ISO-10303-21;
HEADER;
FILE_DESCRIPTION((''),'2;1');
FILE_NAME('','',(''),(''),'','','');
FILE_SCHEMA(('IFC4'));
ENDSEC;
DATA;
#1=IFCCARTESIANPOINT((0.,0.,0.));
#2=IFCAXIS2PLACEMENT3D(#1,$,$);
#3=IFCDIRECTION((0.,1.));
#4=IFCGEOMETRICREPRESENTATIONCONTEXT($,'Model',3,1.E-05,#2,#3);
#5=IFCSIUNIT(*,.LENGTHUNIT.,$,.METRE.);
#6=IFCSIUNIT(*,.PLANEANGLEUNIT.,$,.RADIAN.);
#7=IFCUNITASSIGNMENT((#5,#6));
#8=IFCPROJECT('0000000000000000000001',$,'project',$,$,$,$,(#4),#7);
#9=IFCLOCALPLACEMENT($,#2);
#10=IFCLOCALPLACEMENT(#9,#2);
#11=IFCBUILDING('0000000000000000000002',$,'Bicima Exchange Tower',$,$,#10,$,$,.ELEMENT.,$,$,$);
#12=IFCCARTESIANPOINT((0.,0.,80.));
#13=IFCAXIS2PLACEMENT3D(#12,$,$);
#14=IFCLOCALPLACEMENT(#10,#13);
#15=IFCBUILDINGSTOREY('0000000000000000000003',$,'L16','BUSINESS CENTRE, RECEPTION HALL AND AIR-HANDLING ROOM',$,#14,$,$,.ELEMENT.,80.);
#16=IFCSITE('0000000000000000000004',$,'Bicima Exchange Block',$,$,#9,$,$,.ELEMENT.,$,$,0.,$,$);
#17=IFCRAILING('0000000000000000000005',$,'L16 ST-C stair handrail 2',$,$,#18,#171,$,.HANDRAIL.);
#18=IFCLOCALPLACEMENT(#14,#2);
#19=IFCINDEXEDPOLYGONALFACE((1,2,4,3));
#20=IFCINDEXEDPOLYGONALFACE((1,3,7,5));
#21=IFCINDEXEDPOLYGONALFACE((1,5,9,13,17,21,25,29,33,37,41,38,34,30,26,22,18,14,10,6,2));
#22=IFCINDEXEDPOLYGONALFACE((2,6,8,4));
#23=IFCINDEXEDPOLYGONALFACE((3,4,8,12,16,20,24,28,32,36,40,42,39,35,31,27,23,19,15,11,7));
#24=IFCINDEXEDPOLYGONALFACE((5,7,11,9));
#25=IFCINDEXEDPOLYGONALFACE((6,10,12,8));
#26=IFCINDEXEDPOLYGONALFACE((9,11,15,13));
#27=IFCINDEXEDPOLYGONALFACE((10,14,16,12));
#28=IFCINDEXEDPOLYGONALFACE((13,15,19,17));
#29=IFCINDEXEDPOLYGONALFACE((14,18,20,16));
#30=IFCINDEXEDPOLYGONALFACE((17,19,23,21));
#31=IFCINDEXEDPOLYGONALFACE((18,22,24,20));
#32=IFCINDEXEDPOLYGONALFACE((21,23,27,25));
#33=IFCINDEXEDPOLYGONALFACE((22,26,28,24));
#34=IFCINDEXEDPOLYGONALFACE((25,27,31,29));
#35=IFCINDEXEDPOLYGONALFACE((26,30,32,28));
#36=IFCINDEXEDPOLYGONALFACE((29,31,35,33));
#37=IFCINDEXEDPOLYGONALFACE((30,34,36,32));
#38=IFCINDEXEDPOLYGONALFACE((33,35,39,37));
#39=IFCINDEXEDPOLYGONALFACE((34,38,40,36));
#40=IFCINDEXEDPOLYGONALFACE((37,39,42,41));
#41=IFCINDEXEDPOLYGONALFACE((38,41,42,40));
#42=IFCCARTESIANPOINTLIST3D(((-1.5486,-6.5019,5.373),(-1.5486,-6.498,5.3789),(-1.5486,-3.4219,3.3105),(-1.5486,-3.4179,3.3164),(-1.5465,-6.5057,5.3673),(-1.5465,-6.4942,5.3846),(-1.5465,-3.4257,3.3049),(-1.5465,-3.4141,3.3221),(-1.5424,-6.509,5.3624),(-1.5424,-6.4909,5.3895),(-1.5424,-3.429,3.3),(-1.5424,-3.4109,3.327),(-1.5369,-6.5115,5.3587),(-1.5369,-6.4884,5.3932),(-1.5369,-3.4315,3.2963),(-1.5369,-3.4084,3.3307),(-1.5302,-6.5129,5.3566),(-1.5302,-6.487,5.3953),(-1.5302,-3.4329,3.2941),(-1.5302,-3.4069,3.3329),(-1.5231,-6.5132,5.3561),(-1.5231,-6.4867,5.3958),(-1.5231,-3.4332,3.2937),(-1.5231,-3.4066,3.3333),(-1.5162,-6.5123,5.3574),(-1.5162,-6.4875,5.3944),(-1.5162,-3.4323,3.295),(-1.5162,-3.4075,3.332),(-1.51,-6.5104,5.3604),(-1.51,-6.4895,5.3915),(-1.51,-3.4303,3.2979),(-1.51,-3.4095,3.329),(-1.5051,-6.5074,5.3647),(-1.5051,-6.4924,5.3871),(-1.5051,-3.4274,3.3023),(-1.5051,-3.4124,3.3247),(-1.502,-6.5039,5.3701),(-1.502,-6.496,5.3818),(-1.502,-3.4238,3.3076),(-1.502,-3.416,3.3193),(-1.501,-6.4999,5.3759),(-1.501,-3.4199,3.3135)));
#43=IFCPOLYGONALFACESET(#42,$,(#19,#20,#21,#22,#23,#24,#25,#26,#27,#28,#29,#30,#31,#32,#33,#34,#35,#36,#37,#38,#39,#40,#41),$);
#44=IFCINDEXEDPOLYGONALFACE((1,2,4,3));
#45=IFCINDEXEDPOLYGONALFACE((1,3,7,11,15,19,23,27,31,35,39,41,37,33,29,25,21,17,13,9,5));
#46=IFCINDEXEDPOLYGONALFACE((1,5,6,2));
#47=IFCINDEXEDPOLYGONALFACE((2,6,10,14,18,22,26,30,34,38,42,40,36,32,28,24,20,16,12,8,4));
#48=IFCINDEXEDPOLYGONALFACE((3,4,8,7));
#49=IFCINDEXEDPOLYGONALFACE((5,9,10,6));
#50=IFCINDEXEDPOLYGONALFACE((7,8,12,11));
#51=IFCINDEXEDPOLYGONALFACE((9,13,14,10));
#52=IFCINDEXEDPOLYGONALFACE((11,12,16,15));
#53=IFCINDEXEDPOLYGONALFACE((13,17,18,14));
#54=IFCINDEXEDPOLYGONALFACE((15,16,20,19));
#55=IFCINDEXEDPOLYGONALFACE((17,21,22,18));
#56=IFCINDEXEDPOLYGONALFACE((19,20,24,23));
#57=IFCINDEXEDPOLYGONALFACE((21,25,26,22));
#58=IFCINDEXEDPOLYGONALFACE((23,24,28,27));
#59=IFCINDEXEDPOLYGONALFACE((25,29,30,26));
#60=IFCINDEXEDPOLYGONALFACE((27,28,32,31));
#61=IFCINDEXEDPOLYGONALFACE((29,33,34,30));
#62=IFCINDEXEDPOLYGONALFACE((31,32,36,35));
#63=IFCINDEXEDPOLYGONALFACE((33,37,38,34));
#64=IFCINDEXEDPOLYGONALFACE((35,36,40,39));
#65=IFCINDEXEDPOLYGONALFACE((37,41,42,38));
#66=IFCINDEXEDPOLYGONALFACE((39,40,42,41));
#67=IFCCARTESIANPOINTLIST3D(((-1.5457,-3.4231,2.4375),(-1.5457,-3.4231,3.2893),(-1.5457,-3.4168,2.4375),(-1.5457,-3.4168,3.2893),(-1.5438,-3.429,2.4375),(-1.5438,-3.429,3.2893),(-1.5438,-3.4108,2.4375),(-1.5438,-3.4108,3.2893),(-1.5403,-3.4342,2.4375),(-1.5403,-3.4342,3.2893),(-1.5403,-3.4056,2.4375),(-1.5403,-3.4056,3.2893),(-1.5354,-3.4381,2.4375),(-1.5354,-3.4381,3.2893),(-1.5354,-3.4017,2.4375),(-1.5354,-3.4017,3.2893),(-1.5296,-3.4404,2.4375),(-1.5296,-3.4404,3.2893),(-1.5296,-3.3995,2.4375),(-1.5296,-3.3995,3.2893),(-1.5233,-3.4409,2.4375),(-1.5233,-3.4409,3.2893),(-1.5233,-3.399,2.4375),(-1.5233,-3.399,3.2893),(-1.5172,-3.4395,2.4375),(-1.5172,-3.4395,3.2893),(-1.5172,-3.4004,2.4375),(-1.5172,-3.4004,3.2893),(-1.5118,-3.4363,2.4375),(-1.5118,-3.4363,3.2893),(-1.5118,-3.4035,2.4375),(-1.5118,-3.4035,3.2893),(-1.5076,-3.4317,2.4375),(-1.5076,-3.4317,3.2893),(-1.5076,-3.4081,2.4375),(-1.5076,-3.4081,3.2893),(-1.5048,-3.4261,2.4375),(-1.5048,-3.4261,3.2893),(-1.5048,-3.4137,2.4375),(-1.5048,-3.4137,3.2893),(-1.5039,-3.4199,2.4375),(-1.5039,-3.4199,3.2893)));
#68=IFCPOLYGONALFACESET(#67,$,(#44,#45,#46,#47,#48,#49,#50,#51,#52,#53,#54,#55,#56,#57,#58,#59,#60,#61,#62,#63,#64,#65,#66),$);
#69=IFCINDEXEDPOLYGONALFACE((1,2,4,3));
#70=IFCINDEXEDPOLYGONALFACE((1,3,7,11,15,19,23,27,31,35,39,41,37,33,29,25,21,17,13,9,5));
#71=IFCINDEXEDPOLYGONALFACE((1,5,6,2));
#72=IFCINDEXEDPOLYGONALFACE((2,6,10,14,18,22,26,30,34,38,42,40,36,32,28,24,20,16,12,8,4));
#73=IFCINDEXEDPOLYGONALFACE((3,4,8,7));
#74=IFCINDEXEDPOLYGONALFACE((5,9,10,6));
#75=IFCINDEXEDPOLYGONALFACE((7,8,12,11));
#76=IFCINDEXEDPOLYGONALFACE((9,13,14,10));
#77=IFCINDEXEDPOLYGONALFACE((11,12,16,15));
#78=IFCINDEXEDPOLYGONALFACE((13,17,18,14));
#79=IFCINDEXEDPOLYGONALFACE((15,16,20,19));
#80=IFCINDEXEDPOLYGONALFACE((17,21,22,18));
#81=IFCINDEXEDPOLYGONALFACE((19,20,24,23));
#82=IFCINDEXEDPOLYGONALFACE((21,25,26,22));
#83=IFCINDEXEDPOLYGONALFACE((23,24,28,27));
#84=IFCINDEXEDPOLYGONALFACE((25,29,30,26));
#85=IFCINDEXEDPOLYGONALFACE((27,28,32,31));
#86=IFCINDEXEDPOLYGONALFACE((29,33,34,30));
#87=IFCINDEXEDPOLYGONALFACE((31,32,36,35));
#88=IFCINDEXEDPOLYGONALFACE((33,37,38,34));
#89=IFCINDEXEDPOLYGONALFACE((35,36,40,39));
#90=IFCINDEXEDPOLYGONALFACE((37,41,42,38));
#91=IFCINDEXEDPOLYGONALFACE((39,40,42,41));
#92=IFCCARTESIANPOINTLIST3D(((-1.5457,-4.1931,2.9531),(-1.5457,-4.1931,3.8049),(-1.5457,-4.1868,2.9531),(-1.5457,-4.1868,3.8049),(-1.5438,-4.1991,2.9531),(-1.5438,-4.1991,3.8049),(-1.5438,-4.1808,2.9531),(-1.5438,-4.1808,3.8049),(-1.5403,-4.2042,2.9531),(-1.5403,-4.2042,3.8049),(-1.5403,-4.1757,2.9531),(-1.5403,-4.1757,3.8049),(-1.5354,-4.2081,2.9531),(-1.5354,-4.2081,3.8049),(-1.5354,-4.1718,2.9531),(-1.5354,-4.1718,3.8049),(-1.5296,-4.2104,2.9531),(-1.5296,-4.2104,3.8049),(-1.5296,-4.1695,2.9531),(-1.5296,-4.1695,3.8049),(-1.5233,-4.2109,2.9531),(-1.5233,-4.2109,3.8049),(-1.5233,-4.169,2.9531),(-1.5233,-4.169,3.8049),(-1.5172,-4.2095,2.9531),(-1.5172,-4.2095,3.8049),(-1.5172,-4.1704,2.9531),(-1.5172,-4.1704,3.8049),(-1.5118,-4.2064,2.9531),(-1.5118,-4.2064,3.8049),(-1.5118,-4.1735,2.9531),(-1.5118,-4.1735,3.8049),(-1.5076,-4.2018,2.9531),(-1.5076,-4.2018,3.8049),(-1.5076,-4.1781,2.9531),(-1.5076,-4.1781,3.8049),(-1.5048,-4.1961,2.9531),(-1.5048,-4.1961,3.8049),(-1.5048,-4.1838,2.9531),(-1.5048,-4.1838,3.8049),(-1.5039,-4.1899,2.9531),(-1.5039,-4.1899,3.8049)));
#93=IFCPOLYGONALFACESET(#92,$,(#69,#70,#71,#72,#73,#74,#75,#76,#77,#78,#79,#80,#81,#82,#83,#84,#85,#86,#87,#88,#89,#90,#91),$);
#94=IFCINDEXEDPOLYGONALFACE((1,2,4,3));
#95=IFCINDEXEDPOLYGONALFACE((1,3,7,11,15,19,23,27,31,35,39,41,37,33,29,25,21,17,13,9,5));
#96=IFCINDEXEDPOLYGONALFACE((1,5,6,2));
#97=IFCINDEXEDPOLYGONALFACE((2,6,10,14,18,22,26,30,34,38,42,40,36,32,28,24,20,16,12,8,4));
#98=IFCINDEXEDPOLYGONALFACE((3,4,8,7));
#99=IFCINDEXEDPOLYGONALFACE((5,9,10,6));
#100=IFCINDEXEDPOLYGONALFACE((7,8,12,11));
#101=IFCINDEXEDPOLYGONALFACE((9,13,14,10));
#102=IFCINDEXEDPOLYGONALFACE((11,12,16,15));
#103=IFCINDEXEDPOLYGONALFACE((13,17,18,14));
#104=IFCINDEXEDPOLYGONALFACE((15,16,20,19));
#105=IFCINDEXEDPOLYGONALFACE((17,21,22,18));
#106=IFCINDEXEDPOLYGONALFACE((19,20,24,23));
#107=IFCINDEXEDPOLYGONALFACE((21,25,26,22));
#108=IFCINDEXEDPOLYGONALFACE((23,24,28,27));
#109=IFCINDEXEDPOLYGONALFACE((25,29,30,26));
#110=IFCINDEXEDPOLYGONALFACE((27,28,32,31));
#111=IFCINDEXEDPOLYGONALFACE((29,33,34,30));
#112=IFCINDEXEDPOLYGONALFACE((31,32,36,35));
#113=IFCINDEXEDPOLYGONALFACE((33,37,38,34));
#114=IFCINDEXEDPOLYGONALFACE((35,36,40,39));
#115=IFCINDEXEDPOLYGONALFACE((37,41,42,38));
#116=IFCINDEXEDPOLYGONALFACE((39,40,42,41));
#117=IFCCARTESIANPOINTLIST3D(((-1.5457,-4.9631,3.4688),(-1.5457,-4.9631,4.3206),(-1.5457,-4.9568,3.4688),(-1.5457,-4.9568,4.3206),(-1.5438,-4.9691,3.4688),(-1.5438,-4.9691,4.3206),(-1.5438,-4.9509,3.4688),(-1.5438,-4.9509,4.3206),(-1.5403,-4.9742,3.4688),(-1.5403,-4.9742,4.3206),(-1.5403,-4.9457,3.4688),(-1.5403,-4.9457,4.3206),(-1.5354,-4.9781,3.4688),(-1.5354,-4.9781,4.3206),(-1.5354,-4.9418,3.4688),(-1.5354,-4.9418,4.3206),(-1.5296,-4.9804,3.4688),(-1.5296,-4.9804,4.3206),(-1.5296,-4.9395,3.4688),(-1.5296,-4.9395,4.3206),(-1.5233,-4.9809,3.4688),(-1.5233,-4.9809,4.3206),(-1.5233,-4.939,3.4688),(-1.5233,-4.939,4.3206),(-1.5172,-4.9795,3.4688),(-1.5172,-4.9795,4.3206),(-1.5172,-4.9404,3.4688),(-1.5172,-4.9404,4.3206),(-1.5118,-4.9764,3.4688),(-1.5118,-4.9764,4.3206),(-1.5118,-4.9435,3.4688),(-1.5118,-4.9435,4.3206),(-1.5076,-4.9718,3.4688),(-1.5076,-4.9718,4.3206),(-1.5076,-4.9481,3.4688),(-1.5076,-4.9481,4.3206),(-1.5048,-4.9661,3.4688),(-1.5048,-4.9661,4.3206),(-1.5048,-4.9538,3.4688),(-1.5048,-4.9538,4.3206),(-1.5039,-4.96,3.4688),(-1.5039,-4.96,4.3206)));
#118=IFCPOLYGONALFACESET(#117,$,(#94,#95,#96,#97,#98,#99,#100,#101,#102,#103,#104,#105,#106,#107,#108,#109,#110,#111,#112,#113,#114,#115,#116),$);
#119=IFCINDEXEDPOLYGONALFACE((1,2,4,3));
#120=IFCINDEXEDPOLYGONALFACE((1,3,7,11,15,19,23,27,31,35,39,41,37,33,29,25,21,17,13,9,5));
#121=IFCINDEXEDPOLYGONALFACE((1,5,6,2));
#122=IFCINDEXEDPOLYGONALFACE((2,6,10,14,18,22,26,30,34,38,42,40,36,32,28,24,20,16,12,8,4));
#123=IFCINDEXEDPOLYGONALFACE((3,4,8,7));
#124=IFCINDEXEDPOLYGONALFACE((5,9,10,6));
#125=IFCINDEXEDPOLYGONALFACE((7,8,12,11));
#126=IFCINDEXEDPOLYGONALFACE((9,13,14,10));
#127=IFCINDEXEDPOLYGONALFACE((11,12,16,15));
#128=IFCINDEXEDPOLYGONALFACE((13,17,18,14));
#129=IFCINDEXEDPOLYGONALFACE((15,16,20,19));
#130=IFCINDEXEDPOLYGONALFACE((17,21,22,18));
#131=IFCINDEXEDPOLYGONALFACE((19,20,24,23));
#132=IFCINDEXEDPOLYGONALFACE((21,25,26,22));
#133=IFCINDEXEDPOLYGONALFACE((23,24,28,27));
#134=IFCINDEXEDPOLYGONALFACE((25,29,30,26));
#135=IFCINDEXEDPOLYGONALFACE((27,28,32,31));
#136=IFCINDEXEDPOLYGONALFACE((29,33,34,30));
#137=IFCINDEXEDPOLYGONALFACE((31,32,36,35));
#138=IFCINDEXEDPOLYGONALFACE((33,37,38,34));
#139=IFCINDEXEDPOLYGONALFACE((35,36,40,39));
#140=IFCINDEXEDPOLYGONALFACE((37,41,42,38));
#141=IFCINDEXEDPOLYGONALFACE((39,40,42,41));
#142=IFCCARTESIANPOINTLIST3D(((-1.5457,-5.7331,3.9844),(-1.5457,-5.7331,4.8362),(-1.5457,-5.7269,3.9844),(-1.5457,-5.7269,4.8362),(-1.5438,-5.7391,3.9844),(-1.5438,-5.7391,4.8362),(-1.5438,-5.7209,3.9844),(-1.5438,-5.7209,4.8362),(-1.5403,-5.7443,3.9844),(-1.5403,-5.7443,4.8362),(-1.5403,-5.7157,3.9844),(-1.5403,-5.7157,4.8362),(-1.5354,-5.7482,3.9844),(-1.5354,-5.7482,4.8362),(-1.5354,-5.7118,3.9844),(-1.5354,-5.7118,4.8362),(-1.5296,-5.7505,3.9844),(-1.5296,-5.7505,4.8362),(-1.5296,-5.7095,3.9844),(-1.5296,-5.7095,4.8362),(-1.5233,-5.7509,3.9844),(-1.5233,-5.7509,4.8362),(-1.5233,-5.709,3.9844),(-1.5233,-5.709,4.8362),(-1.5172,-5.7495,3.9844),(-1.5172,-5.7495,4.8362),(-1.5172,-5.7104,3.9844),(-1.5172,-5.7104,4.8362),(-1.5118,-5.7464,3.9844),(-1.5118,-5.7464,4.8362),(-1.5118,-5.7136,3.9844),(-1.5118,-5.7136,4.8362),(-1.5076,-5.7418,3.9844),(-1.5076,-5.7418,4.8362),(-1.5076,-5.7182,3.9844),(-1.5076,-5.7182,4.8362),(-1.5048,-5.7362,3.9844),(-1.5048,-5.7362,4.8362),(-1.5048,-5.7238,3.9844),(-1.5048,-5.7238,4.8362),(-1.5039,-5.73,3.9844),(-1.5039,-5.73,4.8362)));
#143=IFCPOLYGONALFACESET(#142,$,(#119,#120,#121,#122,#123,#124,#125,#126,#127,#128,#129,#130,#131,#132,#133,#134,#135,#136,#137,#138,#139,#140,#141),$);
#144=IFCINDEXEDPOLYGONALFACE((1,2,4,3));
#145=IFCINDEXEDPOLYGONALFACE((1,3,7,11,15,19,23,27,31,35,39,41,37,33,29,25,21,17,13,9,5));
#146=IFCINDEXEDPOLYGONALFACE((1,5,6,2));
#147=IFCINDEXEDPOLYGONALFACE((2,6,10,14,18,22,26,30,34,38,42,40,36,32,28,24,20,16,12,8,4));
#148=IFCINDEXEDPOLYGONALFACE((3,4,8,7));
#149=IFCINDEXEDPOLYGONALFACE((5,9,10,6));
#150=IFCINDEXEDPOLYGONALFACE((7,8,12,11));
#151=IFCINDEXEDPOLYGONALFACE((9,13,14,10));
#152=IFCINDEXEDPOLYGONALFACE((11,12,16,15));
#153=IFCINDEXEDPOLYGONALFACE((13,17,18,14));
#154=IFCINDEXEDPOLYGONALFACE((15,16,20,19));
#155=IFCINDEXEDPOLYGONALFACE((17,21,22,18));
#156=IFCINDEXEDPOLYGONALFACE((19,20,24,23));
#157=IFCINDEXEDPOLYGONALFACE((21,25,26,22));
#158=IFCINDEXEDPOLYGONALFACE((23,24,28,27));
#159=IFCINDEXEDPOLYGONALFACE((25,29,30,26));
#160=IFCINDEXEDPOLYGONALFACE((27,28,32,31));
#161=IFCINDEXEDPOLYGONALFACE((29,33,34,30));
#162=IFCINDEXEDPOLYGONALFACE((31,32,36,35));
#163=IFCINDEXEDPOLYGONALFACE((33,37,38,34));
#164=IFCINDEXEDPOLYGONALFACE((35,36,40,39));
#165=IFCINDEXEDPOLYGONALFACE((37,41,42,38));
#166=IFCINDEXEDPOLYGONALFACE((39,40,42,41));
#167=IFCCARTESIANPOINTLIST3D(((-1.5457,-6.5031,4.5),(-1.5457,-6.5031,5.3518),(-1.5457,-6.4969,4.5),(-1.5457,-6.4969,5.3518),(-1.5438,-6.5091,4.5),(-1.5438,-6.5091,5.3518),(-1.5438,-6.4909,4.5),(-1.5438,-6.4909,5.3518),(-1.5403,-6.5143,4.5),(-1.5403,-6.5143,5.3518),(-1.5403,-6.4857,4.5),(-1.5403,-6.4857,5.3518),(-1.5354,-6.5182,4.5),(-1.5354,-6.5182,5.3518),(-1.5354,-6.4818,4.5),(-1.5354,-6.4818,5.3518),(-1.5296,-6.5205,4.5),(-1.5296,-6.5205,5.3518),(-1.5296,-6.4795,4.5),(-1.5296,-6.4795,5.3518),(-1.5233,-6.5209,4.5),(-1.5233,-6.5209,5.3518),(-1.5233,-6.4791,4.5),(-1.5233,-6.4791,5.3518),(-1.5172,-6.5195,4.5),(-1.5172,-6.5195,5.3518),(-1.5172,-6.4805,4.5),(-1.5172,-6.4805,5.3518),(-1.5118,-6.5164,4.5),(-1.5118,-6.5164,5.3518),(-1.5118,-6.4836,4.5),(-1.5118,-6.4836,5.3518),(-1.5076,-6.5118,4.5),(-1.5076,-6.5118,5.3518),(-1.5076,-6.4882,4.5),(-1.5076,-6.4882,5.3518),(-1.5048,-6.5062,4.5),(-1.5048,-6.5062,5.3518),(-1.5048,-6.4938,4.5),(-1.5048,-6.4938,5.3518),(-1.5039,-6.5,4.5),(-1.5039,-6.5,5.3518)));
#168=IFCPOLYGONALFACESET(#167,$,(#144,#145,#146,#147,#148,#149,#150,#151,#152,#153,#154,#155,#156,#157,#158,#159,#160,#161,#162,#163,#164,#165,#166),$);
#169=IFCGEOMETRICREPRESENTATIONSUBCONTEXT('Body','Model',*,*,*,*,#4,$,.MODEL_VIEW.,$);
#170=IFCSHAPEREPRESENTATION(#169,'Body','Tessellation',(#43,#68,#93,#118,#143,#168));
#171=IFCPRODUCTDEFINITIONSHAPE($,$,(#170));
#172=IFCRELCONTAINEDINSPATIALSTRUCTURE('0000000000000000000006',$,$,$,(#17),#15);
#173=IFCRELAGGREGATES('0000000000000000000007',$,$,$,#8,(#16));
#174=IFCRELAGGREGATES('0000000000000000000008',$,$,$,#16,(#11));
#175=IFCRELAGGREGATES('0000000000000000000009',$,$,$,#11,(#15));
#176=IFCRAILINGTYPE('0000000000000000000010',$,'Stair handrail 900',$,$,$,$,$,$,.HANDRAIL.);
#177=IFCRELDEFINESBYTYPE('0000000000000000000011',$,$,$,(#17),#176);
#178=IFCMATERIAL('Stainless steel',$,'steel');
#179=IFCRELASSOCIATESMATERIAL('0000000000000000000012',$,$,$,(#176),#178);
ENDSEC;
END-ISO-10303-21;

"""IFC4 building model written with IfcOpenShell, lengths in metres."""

from ifc_helpers import new_model, si_unit, direction, frame, origin, origin_2d, place, context, subcontext, project, spatial, circle, extrude, material, type_object, element, save


model = new_model("IFC4")

# Units and contexts
model_context = context("Model", 3, precision=1e-05, world=origin(), true_north=direction((0.0, 1.0)))
body_context = subcontext(model_context, "Body", "Model", "MODEL_VIEW")
ifc_project = project(units=[si_unit("LENGTHUNIT", "METRE"), si_unit("PLANEANGLEUNIT", "RADIAN")], contexts=[model_context])

# Site, building, storey
site_placement = place(None, origin())
site = spatial("IfcSite", under=ifc_project, at=site_placement, Name="Bicima Exchange Block", CompositionType="ELEMENT", RefElevation=0.0)
building_placement = place(site_placement, origin())
building = spatial("IfcBuilding", under=site, at=building_placement, Name="Bicima Exchange Tower", CompositionType="ELEMENT")
storey_placement = place(building_placement, frame((0.0, 0.0, 80.0)))
storey = spatial("IfcBuildingStorey", under=building, at=storey_placement, Name="L16", Description="BUSINESS CENTRE, RECEPTION HALL AND AIR-HANDLING ROOM", CompositionType="ELEMENT", Elevation=80.0)

# Railing
ifc_material_1 = material(Name="Stainless steel", Category="steel")
railing_type = type_object("IfcRailingType", Name="Stair handrail 900", PredefinedType="HANDRAIL", material=ifc_material_1)
railing_placement = place(storey_placement, frame((-1.5249, -3.4199, 2.4375)))
element("IfcRailing", 1, at=railing_placement, inside=storey, type_object=railing_type, Name="L16 ST-C stair handrail 2", PredefinedType="HANDRAIL", context=body_context, shape_type="SweptSolid", body=[
    extrude(circle(Radius=0.0239, at=origin_2d()), frame((0.0, 0.0, 0.876), z_axis=(0.0, -0.830914, 0.556401), x_axis=(1.0, 0.0, 0.0)), (0.0, 0.0, 1.0), 3.7068),
    extrude(circle(Radius=0.021, at=origin_2d()), origin(), (0.0, 0.0, 1.0), 0.8518),
    extrude(circle(Radius=0.021, at=origin_2d()), frame((0.0, -0.77, 0.5156)), (0.0, 0.0, 1.0), 0.8518),
    extrude(circle(Radius=0.021, at=origin_2d()), frame((0.0, -1.54, 1.0312)), (0.0, 0.0, 1.0), 0.8518),
    extrude(circle(Radius=0.021, at=origin_2d()), frame((0.0, -2.3101, 1.5469)), (0.0, 0.0, 1.0), 0.8518),
    extrude(circle(Radius=0.021, at=origin_2d()), frame((0.0, -3.0801, 2.0625)), (0.0, 0.0, 1.0), 0.8518),
])

save(model, "model.ifc")
